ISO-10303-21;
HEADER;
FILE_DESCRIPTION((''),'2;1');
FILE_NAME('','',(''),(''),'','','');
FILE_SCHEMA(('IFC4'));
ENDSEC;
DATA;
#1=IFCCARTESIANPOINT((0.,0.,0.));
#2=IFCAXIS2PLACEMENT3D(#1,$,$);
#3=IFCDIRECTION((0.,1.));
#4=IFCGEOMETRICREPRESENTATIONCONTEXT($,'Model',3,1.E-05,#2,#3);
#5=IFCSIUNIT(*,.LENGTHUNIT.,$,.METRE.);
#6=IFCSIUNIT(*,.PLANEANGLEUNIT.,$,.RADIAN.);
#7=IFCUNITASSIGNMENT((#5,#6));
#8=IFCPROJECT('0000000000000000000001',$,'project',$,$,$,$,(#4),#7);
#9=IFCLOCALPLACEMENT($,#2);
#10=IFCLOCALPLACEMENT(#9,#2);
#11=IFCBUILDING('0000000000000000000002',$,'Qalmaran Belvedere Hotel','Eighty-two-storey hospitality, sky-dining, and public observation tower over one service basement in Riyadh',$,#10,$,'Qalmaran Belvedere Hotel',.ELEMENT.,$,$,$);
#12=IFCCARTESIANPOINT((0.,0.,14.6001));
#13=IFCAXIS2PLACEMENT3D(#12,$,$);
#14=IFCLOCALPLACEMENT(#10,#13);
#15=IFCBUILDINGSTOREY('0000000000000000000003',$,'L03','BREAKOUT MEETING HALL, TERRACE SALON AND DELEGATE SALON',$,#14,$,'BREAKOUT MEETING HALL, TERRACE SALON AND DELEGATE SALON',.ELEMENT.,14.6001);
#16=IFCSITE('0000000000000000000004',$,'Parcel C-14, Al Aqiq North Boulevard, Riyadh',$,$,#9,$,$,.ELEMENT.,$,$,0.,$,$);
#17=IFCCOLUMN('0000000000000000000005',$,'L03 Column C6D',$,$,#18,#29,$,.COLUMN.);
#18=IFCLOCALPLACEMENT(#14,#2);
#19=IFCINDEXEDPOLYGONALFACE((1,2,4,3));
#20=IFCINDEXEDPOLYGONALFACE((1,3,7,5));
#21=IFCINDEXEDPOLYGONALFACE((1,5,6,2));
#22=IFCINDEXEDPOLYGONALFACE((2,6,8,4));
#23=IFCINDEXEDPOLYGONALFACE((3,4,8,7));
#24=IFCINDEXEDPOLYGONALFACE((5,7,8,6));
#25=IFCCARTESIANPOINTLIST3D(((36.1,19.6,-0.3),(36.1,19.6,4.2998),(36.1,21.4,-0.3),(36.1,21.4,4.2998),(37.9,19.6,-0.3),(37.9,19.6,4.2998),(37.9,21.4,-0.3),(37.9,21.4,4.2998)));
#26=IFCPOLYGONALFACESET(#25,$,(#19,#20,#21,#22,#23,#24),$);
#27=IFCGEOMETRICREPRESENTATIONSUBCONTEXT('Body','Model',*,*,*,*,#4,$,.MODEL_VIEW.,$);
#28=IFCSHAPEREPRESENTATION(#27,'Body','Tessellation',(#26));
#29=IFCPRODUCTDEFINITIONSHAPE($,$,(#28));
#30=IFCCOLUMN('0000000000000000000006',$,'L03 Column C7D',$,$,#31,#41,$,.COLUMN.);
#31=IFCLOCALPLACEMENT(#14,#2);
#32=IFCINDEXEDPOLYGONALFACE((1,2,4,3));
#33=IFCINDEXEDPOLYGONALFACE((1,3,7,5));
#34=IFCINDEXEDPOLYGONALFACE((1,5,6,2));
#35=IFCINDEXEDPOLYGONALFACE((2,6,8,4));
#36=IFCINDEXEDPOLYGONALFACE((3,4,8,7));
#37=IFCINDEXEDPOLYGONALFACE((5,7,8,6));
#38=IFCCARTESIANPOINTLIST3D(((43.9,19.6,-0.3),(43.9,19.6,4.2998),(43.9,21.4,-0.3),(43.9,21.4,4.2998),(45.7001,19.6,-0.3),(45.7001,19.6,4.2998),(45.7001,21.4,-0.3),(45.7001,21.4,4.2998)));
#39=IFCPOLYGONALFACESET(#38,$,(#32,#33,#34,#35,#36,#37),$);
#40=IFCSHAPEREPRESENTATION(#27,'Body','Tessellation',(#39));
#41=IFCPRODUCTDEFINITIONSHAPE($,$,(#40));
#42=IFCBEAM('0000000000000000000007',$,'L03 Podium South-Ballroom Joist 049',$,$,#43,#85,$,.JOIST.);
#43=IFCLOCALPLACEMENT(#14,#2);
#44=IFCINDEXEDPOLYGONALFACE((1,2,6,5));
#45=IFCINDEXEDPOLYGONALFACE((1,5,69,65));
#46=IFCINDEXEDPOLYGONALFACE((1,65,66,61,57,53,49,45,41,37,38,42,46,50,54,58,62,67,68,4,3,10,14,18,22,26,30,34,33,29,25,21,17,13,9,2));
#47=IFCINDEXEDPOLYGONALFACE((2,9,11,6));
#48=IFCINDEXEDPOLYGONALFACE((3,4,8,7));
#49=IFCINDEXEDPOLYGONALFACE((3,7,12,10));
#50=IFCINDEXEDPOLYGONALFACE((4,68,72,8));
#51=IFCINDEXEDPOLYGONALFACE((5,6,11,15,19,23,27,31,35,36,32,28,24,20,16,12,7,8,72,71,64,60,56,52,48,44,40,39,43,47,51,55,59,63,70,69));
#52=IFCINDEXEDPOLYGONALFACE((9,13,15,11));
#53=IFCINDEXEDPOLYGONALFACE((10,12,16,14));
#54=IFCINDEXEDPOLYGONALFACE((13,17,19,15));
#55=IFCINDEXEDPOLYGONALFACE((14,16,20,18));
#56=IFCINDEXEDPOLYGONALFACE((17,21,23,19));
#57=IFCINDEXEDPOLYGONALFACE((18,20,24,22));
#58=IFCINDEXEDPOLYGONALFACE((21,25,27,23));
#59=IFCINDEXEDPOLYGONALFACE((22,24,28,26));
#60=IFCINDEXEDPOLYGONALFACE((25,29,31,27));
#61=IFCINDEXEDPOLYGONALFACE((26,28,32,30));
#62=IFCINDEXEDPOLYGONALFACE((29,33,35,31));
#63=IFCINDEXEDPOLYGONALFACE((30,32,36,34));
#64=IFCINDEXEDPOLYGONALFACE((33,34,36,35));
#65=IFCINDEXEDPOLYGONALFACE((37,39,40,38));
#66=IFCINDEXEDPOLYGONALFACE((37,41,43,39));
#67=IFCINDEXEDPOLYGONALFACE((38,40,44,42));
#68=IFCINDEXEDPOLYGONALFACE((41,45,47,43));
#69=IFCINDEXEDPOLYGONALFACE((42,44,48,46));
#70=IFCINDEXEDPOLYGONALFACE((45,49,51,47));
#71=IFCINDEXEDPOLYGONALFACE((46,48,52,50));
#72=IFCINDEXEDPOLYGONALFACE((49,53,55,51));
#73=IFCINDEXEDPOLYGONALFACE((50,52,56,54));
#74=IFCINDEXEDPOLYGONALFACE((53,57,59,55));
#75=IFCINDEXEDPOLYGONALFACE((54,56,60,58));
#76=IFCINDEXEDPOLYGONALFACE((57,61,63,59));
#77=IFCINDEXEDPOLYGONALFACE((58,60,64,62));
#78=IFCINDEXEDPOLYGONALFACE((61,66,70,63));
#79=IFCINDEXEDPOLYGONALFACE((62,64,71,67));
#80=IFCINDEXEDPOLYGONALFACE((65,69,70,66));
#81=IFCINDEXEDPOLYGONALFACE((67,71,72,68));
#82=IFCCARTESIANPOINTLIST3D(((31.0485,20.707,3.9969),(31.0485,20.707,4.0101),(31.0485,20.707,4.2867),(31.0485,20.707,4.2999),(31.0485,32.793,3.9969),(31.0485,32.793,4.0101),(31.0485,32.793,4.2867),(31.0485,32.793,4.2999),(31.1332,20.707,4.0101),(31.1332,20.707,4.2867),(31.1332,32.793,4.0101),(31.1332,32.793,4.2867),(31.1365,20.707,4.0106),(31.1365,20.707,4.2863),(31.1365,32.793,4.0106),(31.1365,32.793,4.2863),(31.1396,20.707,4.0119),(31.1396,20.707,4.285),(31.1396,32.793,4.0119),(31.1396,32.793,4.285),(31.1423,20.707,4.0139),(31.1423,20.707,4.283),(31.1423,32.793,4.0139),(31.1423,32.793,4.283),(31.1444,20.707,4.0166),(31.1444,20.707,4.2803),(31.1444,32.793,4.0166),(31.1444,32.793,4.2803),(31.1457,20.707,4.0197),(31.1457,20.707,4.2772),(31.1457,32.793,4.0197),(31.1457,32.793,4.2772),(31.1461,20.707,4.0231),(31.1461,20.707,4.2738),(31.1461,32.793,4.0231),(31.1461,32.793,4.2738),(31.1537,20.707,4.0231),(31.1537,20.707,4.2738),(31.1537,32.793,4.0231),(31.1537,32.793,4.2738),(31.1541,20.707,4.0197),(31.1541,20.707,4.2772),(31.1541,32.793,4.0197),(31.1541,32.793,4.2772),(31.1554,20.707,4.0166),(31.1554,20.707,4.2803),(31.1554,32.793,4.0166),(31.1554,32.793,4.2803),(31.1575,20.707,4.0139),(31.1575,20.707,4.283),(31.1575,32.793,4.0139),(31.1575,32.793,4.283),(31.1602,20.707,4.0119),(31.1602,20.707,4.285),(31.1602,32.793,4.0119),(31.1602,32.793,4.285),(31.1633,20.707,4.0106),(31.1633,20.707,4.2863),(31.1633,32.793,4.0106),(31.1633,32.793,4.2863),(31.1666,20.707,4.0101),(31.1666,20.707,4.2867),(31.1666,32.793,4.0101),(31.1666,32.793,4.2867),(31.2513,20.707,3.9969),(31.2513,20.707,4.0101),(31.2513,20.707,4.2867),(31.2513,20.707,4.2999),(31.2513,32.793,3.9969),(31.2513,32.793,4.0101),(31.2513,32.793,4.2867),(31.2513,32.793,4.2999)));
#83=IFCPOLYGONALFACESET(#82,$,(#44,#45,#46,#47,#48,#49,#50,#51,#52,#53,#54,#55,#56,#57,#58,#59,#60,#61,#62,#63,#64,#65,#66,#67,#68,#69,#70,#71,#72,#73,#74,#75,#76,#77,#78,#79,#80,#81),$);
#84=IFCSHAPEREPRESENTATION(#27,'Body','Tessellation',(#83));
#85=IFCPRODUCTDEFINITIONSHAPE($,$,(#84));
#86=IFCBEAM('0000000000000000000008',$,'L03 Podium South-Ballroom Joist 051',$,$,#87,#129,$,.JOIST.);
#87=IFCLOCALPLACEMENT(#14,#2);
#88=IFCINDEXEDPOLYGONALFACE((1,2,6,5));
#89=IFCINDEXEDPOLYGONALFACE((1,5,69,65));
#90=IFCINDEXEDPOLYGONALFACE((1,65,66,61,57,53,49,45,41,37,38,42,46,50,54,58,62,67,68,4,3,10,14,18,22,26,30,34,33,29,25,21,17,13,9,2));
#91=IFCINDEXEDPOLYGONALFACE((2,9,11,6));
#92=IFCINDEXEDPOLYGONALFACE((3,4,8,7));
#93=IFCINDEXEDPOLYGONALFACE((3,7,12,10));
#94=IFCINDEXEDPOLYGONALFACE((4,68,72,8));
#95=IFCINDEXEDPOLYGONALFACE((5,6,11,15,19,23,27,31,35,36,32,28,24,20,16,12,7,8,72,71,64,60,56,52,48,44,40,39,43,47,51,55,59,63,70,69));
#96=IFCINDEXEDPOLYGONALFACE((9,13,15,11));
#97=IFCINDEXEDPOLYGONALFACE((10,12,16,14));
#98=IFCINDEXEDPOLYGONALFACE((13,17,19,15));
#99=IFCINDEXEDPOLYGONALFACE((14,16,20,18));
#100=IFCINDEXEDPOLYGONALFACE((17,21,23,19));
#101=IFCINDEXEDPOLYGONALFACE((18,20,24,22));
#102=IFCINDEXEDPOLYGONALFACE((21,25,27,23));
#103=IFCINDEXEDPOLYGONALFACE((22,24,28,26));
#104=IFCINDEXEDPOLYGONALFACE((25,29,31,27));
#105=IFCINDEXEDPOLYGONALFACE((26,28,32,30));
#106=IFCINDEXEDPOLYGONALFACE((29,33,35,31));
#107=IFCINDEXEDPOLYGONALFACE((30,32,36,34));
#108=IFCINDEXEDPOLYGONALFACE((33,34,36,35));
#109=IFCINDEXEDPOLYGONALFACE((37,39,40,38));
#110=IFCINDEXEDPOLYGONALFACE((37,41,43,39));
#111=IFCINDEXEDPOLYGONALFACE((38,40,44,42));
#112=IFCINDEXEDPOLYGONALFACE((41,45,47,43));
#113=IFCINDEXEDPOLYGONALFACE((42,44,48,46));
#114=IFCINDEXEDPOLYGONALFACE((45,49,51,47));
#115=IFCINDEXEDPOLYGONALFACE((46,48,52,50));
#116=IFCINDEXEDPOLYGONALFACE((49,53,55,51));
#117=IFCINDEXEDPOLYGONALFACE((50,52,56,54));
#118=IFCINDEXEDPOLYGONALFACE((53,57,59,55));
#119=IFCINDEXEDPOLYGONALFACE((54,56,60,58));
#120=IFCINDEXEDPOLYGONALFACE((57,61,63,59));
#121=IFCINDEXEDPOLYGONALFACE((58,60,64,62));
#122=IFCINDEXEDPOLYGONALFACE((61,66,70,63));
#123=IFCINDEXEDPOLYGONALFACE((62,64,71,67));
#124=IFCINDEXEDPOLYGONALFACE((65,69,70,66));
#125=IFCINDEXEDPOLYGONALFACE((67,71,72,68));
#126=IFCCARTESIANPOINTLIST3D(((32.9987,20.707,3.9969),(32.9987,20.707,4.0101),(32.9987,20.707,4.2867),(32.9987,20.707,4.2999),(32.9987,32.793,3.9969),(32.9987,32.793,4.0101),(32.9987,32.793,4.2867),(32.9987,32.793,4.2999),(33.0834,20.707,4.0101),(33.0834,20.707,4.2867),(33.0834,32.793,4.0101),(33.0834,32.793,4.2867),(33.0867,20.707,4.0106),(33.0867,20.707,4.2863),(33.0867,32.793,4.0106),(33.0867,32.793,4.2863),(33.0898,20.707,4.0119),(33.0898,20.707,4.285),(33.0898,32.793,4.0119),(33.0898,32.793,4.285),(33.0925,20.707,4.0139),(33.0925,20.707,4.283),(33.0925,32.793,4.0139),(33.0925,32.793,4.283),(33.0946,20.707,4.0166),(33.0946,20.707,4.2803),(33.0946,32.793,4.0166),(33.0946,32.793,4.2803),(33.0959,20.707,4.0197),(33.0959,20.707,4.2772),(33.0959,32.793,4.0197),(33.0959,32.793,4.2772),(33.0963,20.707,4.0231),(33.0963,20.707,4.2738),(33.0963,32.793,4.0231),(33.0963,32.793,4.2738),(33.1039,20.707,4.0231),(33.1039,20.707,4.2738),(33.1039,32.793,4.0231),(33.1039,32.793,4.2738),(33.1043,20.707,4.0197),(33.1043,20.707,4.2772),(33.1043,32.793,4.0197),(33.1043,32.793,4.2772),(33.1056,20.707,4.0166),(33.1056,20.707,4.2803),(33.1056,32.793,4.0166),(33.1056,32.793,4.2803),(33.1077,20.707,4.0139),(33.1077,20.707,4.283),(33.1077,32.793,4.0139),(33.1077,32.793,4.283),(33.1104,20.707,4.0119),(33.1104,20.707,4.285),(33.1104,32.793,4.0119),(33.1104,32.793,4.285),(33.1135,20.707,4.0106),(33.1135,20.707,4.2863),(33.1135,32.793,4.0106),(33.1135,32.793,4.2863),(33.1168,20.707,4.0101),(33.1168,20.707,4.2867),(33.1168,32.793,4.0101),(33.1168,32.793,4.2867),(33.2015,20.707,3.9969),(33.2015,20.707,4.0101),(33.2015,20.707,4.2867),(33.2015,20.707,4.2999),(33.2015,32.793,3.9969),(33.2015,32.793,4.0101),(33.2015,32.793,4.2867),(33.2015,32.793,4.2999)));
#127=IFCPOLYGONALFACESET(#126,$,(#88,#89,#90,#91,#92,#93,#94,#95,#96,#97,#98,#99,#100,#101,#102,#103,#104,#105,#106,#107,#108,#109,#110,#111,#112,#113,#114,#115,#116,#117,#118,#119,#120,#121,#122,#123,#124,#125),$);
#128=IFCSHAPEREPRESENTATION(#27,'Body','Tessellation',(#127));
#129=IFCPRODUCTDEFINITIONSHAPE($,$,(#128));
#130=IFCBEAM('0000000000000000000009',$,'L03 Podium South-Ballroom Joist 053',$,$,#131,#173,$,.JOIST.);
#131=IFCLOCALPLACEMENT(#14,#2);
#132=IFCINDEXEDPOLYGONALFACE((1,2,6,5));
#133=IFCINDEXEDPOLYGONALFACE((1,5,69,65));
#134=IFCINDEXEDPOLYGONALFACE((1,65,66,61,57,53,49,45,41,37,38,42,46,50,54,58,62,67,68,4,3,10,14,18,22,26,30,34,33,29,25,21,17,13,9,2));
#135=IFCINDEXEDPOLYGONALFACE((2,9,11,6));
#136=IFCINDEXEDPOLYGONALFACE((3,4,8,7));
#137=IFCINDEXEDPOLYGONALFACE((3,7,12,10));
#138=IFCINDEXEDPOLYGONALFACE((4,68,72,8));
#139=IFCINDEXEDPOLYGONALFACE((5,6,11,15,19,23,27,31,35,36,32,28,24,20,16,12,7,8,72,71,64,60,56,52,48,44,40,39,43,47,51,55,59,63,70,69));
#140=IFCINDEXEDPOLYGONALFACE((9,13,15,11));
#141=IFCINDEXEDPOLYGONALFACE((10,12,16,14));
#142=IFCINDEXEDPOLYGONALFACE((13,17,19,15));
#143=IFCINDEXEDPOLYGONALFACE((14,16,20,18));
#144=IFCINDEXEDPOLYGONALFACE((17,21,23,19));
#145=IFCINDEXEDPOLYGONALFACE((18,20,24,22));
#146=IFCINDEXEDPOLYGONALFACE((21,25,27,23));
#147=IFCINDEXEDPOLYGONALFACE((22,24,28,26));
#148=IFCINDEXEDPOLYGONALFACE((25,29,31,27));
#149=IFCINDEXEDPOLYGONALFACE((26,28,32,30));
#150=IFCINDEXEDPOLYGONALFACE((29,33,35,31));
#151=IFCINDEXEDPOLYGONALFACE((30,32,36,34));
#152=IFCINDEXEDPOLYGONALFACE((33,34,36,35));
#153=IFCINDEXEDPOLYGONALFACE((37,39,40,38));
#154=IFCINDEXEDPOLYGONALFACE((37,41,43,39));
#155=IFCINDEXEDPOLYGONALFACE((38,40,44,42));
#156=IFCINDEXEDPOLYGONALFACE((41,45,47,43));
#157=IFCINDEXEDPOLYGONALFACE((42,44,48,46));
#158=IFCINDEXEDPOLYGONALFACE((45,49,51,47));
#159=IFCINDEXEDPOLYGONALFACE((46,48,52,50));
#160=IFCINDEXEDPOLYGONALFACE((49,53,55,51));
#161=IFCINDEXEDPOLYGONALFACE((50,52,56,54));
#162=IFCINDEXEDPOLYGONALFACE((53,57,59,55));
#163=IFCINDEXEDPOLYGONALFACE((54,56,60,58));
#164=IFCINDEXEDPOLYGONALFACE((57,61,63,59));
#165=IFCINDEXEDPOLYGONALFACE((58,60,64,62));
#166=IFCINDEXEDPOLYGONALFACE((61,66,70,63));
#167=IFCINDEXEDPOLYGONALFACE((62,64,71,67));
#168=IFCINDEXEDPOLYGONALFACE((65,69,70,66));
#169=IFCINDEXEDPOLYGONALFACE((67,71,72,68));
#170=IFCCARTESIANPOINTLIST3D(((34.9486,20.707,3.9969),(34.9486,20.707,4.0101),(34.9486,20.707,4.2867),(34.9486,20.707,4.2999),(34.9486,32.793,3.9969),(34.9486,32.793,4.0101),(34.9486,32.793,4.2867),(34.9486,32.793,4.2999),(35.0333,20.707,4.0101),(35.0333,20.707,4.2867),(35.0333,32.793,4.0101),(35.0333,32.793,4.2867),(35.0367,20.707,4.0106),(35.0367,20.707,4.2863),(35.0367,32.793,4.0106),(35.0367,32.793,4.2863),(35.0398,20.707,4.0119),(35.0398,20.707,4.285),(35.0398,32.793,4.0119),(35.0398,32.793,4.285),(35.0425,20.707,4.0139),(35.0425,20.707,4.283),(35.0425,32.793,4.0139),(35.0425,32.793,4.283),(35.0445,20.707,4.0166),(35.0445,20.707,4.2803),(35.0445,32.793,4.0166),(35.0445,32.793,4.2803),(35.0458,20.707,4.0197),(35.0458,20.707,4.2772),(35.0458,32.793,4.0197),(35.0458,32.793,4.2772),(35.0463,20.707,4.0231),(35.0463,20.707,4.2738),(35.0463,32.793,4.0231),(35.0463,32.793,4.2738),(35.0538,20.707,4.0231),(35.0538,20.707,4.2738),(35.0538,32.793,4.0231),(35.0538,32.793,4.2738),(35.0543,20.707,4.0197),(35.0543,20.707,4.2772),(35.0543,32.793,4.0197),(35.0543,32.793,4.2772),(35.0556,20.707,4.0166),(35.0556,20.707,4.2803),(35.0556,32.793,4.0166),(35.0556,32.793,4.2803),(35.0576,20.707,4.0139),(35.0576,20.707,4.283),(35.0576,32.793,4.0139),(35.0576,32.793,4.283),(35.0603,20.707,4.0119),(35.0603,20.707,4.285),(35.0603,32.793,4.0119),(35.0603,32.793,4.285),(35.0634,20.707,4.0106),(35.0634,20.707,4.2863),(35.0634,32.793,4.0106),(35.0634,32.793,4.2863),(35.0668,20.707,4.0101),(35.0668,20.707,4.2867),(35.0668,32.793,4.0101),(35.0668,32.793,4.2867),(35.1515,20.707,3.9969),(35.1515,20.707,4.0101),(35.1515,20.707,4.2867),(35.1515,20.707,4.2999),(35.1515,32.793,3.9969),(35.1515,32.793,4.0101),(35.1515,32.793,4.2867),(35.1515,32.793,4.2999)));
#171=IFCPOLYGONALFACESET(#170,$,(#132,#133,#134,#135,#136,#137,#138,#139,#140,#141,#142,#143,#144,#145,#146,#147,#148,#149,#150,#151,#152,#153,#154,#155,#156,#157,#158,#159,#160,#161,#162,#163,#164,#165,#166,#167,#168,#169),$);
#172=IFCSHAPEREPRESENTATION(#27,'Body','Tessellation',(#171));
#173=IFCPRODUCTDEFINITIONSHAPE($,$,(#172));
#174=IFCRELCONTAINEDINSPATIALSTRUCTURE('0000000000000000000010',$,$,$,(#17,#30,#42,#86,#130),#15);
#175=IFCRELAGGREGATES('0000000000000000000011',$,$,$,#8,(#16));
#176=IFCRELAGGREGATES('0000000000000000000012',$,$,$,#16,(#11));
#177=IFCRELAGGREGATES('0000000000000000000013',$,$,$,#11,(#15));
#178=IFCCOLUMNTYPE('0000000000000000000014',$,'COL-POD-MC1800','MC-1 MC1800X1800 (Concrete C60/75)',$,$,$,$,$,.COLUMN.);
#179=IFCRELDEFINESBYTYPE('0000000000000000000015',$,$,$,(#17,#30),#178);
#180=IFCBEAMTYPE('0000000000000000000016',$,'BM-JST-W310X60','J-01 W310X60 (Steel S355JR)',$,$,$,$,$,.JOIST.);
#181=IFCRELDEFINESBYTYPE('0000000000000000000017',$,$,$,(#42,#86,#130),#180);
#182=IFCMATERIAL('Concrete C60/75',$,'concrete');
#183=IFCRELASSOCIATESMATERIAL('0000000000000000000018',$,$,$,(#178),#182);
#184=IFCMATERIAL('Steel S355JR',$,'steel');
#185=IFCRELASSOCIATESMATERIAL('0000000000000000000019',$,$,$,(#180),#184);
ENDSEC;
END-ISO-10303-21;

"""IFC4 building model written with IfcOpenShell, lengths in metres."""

from ifc_helpers import new_model, si_unit, direction, frame, origin, origin_2d, place, context, subcontext, project, spatial, rectangle, i_section, extrude, material, material_profile, profile_set, type_object, element, save


model = new_model("IFC4")

# Units and contexts
model_context = context("Model", 3, precision=1e-05, world=origin(), true_north=direction((0.0, 1.0)))
body_context = subcontext(model_context, "Body", "Model", "MODEL_VIEW")
ifc_project = project(units=[si_unit("LENGTHUNIT", "METRE"), si_unit("PLANEANGLEUNIT", "RADIAN")], contexts=[model_context])

# Site, building, storey
site_placement = place(None, origin())
site = spatial("IfcSite", under=ifc_project, at=site_placement, Name="Parcel C-14, Al Aqiq North Boulevard, Riyadh", CompositionType="ELEMENT", RefElevation=0.0)
building_placement = place(site_placement, origin())
building = spatial("IfcBuilding", under=site, at=building_placement, Name="Qalmaran Belvedere Hotel", Description="Eighty-two-storey hospitality, sky-dining, and public observation tower over one service basement in Riyadh", LongName="Qalmaran Belvedere Hotel", CompositionType="ELEMENT")
storey_placement = place(building_placement, frame((0.0, 0.0, 14.6001)))
storey = spatial("IfcBuildingStorey", under=building, at=storey_placement, Name="L03", Description="BREAKOUT MEETING HALL, TERRACE SALON AND DELEGATE SALON", LongName="BREAKOUT MEETING HALL, TERRACE SALON AND DELEGATE SALON", CompositionType="ELEMENT", Elevation=14.6001)

# Columns
ifc_material_1 = material(Name="Concrete C60/75", Category="concrete")
ifc_material_profile_1 = material_profile(ifc_material_1, rectangle(XDim=1.8, YDim=1.8, at=origin_2d()), Name="MC1800X1800")
ifc_profile_set_1 = profile_set([ifc_material_profile_1], Name="Concrete C60/75")
column_type = type_object("IfcColumnType", Name="COL-POD-MC1800", Description="MC-1 MC1800X1800 (Concrete C60/75)", PredefinedType="COLUMN", material=ifc_profile_set_1)
for number, where, z_axis, x_axis, name in (
    (1, (37.0, 20.5, -0.3), (0.0, 0.0, 1.0), (1.0, 0.0, 0.0), "L03 Column C6D"),
    (2, (44.8, 20.5, -0.3), (0.0, 0.0, 1.0), (1.0, 0.0, 0.0), "L03 Column C7D"),
):
    element("IfcColumn", number, at=place(storey_placement, frame(where, z_axis=z_axis, x_axis=x_axis)), inside=storey, type_object=column_type, Name=name, PredefinedType="COLUMN", context=body_context, shape_type="SweptSolid", body=[
        extrude(rectangle(XDim=1.8, YDim=1.8, at=origin_2d()), origin(), (0.0, 0.0, 1.0), 4.5999),
    ])

# Beams
ifc_material_2 = material(Name="Steel S355JR", Category="steel")
ifc_material_profile_2 = material_profile(ifc_material_2, i_section(OverallWidth=0.2029, OverallDepth=0.303, WebThickness=0.0076, FlangeThickness=0.0132, FilletRadius=0.0129, at=origin_2d()), Name="W310X60")
ifc_profile_set_2 = profile_set([ifc_material_profile_2], Name="Steel S355JR")
beam_type_1 = type_object("IfcBeamType", Name="BM-JST-W310X60", Description="J-01 W310X60 (Steel S355JR)", PredefinedType="JOIST", material=ifc_profile_set_2)
for number, where, z_axis, x_axis, name in (
    (3, (31.1499, 20.707, 4.1484), (0.0, 1.0, 0.0), (-1.0, 0.0, 0.0), "L03 Podium South-Ballroom Joist 049"),
    (4, (33.1001, 20.707, 4.1484), (0.0, 1.0, 0.0), (-1.0, 0.0, 0.0), "L03 Podium South-Ballroom Joist 051"),
    (5, (35.05, 20.707, 4.1484), (0.0, 1.0, 0.0), (-1.0, 0.0, 0.0), "L03 Podium South-Ballroom Joist 053"),
):
    element("IfcBeam", number, at=place(storey_placement, frame(where, z_axis=z_axis, x_axis=x_axis)), inside=storey, type_object=beam_type_1, Name=name, PredefinedType="JOIST", context=body_context, shape_type="SweptSolid", body=[
        extrude(i_section(OverallWidth=0.2029, OverallDepth=0.303, WebThickness=0.0076, FlangeThickness=0.0132, FilletRadius=0.0129, at=origin_2d()), origin(), (0.0, 0.0, 1.0), 12.0859),
    ])

save(model, "model.ifc")
